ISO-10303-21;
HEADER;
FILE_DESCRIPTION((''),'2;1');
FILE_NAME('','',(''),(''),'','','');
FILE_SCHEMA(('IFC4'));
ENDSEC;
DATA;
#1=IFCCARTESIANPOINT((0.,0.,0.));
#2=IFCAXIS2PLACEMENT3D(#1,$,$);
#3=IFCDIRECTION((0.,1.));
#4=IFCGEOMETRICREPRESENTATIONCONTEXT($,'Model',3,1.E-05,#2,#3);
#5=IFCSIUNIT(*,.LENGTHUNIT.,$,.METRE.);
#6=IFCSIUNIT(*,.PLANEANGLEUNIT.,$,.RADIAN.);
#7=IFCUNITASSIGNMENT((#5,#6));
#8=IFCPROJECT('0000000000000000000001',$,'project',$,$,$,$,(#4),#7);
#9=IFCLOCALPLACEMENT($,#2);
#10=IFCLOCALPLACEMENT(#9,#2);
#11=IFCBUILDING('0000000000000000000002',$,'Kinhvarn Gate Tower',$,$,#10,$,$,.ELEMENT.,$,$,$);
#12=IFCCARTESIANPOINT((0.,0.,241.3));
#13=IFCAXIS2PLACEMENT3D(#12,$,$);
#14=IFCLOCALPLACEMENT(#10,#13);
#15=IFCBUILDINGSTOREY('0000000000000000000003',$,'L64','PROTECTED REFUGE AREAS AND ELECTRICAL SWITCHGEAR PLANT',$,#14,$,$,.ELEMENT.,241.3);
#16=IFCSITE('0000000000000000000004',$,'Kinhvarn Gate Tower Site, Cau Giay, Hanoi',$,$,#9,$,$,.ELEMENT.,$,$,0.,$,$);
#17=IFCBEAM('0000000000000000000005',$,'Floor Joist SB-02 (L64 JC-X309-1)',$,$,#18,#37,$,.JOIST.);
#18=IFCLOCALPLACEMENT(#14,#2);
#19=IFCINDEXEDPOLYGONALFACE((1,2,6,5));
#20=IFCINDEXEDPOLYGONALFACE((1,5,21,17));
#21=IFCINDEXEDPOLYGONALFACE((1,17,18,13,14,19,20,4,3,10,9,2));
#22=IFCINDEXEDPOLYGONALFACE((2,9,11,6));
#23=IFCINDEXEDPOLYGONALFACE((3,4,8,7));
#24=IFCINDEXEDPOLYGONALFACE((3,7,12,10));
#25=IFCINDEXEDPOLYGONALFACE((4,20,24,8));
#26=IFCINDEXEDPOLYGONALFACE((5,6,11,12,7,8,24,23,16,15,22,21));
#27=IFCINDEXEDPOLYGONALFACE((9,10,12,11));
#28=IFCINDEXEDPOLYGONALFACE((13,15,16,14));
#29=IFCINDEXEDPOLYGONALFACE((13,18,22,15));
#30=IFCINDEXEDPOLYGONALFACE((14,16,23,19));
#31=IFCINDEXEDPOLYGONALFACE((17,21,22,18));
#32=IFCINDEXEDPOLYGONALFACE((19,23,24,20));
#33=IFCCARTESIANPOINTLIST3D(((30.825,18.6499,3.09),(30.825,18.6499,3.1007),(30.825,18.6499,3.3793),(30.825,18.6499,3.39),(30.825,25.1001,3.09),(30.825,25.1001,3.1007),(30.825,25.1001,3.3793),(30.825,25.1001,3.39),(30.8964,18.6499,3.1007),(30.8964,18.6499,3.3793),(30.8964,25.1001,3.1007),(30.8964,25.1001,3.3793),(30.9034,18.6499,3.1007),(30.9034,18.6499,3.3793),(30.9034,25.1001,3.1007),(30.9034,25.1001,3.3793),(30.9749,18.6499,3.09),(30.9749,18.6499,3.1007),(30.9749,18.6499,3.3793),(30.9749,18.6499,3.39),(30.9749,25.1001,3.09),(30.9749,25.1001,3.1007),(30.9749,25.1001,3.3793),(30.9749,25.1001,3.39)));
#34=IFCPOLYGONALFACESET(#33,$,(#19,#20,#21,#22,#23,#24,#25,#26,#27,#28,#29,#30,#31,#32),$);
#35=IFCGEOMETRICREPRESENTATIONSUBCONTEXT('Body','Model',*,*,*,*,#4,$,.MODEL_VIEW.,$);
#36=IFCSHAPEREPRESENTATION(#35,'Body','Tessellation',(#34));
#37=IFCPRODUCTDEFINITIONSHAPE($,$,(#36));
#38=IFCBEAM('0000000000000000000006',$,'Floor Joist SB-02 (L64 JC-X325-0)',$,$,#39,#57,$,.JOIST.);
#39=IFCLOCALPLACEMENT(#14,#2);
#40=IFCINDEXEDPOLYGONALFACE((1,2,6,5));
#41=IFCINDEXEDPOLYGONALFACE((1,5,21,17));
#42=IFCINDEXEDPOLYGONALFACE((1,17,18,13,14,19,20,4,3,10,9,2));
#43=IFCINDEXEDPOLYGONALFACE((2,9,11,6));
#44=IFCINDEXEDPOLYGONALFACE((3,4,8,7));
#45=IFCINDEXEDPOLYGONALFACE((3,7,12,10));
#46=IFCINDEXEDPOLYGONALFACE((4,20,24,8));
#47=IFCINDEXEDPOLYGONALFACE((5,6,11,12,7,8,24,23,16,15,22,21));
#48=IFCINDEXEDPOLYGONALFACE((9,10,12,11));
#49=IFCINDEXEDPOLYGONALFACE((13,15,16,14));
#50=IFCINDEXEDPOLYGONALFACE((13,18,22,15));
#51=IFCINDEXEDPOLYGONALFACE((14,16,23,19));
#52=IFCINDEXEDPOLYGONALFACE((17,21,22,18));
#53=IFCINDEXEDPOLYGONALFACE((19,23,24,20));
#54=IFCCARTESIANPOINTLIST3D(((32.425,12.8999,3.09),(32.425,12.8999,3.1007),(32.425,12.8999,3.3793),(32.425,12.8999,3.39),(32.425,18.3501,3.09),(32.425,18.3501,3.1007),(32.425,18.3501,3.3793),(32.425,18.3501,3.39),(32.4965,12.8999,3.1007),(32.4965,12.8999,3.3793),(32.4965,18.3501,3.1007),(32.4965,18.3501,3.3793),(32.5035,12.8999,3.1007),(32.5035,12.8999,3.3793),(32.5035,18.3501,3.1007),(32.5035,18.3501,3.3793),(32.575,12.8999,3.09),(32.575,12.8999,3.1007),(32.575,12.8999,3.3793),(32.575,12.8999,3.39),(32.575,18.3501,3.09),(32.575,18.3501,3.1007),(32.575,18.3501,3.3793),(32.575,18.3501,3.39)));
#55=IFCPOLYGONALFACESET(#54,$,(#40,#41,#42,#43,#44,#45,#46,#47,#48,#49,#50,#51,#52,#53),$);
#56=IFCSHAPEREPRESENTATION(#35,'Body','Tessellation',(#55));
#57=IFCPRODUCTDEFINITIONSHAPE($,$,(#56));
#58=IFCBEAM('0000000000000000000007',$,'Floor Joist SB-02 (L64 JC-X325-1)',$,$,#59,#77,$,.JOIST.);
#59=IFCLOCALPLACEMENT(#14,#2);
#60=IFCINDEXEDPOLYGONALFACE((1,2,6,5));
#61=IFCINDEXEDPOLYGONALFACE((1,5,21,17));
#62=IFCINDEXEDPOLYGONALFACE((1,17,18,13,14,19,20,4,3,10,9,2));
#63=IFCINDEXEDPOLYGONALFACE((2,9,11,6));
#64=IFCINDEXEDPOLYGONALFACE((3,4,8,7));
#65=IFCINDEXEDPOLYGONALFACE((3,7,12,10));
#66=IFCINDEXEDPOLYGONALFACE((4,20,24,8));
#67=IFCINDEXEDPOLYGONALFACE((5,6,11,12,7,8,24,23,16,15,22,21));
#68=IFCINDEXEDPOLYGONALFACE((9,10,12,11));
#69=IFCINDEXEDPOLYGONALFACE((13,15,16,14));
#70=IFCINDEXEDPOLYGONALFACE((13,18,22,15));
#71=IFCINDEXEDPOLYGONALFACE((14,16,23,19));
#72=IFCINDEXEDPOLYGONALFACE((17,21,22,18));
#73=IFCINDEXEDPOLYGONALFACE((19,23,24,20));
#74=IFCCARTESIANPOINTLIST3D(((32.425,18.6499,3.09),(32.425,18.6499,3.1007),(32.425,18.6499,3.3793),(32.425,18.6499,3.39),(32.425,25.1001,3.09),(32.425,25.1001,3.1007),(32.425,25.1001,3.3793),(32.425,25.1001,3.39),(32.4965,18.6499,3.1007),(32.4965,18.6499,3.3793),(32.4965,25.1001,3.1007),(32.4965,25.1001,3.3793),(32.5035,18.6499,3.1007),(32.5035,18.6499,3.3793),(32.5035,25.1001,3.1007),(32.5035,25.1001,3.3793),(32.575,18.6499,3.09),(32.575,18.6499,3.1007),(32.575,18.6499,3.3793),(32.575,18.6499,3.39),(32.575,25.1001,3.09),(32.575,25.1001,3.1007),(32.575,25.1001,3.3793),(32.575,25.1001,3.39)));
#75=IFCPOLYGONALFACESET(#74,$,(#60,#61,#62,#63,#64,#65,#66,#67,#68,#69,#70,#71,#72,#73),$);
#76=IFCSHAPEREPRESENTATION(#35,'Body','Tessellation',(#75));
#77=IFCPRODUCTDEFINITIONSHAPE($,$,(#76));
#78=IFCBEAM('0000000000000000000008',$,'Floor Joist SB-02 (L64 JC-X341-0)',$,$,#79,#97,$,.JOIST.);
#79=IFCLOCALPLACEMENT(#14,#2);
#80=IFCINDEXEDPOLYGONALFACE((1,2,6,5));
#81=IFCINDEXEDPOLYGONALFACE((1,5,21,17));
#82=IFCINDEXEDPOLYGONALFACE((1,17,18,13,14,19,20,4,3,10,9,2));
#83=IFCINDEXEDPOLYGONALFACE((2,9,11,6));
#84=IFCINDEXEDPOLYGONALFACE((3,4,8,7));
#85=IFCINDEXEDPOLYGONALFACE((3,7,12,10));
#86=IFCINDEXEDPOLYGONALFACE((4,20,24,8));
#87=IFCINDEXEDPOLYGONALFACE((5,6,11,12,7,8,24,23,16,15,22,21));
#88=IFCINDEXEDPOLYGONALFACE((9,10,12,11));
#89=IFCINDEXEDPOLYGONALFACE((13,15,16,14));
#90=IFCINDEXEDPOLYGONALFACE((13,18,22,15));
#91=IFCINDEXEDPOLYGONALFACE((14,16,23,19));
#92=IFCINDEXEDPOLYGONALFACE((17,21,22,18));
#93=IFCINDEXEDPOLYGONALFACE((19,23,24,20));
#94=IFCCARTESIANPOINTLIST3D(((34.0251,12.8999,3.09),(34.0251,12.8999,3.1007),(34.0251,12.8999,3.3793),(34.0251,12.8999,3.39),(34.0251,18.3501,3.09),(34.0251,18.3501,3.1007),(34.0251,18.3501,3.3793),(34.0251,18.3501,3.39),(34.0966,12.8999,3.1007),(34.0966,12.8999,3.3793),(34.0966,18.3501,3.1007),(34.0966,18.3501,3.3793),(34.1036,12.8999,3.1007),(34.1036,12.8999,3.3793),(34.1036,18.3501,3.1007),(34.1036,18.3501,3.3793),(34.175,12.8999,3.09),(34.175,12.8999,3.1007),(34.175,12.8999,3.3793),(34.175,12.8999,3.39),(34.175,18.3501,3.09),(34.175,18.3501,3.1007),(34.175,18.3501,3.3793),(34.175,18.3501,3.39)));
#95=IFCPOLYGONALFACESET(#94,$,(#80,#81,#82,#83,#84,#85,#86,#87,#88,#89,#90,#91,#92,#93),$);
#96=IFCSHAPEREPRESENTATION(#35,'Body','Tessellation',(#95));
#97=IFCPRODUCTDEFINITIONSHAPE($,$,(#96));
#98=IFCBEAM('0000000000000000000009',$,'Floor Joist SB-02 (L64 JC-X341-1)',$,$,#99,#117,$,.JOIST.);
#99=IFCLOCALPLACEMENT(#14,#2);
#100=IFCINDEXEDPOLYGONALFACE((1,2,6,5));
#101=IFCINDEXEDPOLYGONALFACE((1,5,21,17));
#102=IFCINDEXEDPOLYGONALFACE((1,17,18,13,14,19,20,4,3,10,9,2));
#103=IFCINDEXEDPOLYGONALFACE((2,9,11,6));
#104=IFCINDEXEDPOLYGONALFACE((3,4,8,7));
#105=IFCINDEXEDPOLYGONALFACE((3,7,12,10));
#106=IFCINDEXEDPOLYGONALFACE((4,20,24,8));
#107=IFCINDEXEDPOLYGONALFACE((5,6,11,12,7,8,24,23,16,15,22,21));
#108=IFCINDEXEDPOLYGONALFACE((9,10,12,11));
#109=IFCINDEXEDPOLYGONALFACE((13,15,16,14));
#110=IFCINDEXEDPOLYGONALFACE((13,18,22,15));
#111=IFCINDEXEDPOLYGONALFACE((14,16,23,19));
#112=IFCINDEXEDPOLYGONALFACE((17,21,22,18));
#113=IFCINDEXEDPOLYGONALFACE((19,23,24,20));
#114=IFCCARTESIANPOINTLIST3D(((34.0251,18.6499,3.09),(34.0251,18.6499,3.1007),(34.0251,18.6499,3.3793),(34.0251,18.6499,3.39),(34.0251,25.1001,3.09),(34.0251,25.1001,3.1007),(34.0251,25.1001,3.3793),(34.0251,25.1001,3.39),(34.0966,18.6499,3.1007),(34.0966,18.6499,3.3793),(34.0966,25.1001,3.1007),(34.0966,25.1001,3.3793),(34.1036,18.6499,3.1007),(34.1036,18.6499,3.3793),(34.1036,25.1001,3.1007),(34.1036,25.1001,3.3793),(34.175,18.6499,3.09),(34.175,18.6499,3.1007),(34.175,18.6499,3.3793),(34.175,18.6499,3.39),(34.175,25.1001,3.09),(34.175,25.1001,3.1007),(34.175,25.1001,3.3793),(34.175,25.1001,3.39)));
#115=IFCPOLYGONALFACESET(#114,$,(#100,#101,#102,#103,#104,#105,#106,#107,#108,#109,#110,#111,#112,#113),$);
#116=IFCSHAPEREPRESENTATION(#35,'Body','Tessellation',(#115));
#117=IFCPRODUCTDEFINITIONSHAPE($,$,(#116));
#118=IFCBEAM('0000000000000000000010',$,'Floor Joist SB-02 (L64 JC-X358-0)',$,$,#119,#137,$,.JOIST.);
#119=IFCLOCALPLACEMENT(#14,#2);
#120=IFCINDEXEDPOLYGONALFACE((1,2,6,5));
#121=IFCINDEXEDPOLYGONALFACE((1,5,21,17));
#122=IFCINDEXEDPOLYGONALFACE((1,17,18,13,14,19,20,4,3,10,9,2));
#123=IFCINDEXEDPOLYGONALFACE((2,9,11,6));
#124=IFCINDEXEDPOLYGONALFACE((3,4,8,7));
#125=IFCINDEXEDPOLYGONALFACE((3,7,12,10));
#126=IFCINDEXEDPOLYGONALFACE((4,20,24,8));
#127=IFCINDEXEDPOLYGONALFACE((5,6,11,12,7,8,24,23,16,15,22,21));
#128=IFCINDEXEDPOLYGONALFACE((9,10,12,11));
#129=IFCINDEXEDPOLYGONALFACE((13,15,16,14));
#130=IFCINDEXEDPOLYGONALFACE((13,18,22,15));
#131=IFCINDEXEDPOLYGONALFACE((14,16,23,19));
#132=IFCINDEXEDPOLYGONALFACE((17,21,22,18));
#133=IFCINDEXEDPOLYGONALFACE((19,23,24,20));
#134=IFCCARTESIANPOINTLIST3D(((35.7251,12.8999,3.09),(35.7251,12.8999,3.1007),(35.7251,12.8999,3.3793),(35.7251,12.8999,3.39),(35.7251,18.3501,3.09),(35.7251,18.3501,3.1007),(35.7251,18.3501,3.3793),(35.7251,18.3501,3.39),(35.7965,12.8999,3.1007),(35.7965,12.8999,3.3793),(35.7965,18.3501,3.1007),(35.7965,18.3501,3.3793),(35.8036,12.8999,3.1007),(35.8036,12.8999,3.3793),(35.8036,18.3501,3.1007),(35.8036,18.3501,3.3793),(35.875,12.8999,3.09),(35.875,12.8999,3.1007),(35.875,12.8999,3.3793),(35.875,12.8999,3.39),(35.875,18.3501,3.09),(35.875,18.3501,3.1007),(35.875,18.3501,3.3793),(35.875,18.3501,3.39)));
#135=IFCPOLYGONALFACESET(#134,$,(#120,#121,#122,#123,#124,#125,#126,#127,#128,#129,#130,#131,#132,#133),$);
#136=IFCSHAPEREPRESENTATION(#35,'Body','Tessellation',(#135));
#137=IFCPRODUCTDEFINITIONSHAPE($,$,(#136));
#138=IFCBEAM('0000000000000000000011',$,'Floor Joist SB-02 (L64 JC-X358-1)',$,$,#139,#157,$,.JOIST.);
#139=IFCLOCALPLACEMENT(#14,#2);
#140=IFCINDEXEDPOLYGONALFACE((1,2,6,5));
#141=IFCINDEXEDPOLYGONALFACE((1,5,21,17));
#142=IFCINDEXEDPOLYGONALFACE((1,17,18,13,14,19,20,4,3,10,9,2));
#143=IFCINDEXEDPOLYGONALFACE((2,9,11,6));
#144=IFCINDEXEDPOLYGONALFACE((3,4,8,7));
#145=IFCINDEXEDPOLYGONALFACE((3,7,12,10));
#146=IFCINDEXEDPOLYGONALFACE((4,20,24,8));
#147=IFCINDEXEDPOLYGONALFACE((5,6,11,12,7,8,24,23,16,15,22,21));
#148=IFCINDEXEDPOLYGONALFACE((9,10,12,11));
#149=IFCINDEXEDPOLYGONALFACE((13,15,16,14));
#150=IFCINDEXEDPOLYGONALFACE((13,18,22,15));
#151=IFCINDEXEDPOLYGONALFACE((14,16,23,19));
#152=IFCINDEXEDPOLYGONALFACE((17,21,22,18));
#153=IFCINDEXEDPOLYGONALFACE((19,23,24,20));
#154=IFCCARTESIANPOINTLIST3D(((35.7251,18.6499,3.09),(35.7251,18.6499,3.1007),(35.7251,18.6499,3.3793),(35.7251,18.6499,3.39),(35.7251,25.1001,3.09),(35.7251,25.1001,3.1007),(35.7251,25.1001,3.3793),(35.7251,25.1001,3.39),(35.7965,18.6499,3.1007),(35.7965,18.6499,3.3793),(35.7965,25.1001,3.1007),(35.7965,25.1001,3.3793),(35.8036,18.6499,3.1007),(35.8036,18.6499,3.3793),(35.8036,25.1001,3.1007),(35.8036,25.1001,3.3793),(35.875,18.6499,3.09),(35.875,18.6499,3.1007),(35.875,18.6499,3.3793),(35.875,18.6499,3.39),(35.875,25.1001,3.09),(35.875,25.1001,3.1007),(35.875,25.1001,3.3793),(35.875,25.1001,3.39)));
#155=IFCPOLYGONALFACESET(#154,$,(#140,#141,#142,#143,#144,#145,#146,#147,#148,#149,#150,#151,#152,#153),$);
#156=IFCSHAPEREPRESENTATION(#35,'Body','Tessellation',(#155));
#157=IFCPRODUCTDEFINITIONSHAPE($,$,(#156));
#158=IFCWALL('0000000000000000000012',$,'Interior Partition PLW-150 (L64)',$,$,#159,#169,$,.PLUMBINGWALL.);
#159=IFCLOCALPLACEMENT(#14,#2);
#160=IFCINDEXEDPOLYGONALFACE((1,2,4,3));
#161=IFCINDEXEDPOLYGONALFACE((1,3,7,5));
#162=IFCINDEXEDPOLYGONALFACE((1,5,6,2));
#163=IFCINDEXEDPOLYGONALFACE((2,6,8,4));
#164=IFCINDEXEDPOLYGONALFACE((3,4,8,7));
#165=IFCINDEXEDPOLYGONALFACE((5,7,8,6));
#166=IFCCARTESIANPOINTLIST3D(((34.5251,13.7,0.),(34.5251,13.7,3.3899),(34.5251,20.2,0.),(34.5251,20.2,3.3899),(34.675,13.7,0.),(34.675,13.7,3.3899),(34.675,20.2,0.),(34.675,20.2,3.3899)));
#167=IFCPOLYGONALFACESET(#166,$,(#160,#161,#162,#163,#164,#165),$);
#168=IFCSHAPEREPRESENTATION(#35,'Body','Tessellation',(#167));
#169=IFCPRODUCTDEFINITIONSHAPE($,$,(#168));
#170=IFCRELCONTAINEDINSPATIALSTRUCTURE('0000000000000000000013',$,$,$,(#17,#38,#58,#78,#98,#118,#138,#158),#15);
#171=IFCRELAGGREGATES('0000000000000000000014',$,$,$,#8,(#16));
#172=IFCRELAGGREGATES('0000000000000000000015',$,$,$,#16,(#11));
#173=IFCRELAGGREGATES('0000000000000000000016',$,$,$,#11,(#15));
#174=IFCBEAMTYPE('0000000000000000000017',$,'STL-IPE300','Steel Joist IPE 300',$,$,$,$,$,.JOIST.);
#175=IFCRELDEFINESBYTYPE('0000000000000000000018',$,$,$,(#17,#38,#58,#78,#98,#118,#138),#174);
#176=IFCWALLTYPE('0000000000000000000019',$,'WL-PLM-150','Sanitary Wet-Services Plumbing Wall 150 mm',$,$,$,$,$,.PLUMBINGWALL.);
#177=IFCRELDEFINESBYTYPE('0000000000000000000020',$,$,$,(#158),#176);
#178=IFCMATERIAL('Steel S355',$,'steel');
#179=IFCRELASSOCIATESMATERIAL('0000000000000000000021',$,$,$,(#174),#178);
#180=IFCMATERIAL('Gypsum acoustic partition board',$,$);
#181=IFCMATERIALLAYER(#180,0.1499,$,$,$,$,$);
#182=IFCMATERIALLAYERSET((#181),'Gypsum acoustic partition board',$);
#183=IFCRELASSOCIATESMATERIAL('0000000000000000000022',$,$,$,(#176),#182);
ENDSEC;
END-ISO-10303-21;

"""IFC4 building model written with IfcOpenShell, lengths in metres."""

from ifc_helpers import new_model, si_unit, direction, frame, frame_2d, origin, origin_2d, place, context, subcontext, project, spatial, rectangle, i_section, extrude, material, layer, layer_set, material_profile, profile_set, type_object, element, save


model = new_model("IFC4")

# Units and contexts
model_context = context("Model", 3, precision=1e-05, world=origin(), true_north=direction((0.0, 1.0)))
body_context = subcontext(model_context, "Body", "Model", "MODEL_VIEW")
ifc_project = project(units=[si_unit("LENGTHUNIT", "METRE"), si_unit("PLANEANGLEUNIT", "RADIAN")], contexts=[model_context])

# Site, building, storey
site_placement = place(None, origin())
site = spatial("IfcSite", under=ifc_project, at=site_placement, Name="Kinhvarn Gate Tower Site, Cau Giay, Hanoi", CompositionType="ELEMENT", RefElevation=0.0)
building_placement = place(site_placement, origin())
building = spatial("IfcBuilding", under=site, at=building_placement, Name="Kinhvarn Gate Tower", CompositionType="ELEMENT")
storey_placement = place(building_placement, frame((0.0, 0.0, 241.3)))
storey = spatial("IfcBuildingStorey", under=building, at=storey_placement, Name="L64", Description="PROTECTED REFUGE AREAS AND ELECTRICAL SWITCHGEAR PLANT", CompositionType="ELEMENT", Elevation=241.3)

# Beams
ifc_material_1 = material(Name="Steel S355", Category="steel")
ifc_material_profile = material_profile(ifc_material_1, i_section(OverallWidth=0.1499, OverallDepth=0.3, WebThickness=0.0071, FlangeThickness=0.0107, at=origin_2d()), Name="IPE 300")
ifc_profile_set = profile_set([ifc_material_profile], Name="Steel S355")
beam_type = type_object("IfcBeamType", Name="STL-IPE300", Description="Steel Joist IPE 300", PredefinedType="JOIST", material=ifc_profile_set)
beam_1_placement = place(storey_placement, frame((30.8999, 18.6499, 3.24), z_axis=(0.0, 1.0, 0.0), x_axis=(-1.0, 0.0, 0.0)))
element("IfcBeam", 1, at=beam_1_placement, inside=storey, type_object=beam_type, Name="Floor Joist SB-02 (L64 JC-X309-1)", PredefinedType="JOIST", context=body_context, shape_type="SweptSolid", body=[
    extrude(i_section(OverallWidth=0.1499, OverallDepth=0.3, WebThickness=0.0071, FlangeThickness=0.0107, at=origin_2d()), origin(), (0.0, 0.0, 1.0), 6.4502),
])
beam_2_placement = place(storey_placement, frame((32.5, 12.8999, 3.24), z_axis=(0.0, 1.0, 0.0), x_axis=(-1.0, 0.0, 0.0)))
element("IfcBeam", 2, at=beam_2_placement, inside=storey, type_object=beam_type, Name="Floor Joist SB-02 (L64 JC-X325-0)", PredefinedType="JOIST", context=body_context, shape_type="SweptSolid", body=[
    extrude(i_section(OverallWidth=0.1499, OverallDepth=0.3, WebThickness=0.0071, FlangeThickness=0.0107, at=origin_2d()), origin(), (0.0, 0.0, 1.0), 5.4502),
])
beam_3_placement = place(storey_placement, frame((32.5, 18.6499, 3.24), z_axis=(0.0, 1.0, 0.0), x_axis=(-1.0, 0.0, 0.0)))
element("IfcBeam", 3, at=beam_3_placement, inside=storey, type_object=beam_type, Name="Floor Joist SB-02 (L64 JC-X325-1)", PredefinedType="JOIST", context=body_context, shape_type="SweptSolid", body=[
    extrude(i_section(OverallWidth=0.1499, OverallDepth=0.3, WebThickness=0.0071, FlangeThickness=0.0107, at=origin_2d()), origin(), (0.0, 0.0, 1.0), 6.4502),
])
beam_4_placement = place(storey_placement, frame((34.1001, 12.8999, 3.24), z_axis=(0.0, 1.0, 0.0), x_axis=(-1.0, 0.0, 0.0)))
element("IfcBeam", 4, at=beam_4_placement, inside=storey, type_object=beam_type, Name="Floor Joist SB-02 (L64 JC-X341-0)", PredefinedType="JOIST", context=body_context, shape_type="SweptSolid", body=[
    extrude(i_section(OverallWidth=0.1499, OverallDepth=0.3, WebThickness=0.0071, FlangeThickness=0.0107, at=origin_2d()), origin(), (0.0, 0.0, 1.0), 5.4502),
])
beam_5_placement = place(storey_placement, frame((34.1001, 18.6499, 3.24), z_axis=(0.0, 1.0, 0.0), x_axis=(-1.0, 0.0, 0.0)))
element("IfcBeam", 5, at=beam_5_placement, inside=storey, type_object=beam_type, Name="Floor Joist SB-02 (L64 JC-X341-1)", PredefinedType="JOIST", context=body_context, shape_type="SweptSolid", body=[
    extrude(i_section(OverallWidth=0.1499, OverallDepth=0.3, WebThickness=0.0071, FlangeThickness=0.0107, at=origin_2d()), origin(), (0.0, 0.0, 1.0), 6.4502),
])
beam_6_placement = place(storey_placement, frame((35.8, 12.8999, 3.24), z_axis=(0.0, 1.0, 0.0), x_axis=(-1.0, 0.0, 0.0)))
element("IfcBeam", 6, at=beam_6_placement, inside=storey, type_object=beam_type, Name="Floor Joist SB-02 (L64 JC-X358-0)", PredefinedType="JOIST", context=body_context, shape_type="SweptSolid", body=[
    extrude(i_section(OverallWidth=0.1499, OverallDepth=0.3, WebThickness=0.0071, FlangeThickness=0.0107, at=origin_2d()), origin(), (0.0, 0.0, 1.0), 5.4502),
])
beam_7_placement = place(storey_placement, frame((35.8, 18.6499, 3.24), z_axis=(0.0, 1.0, 0.0), x_axis=(-1.0, 0.0, 0.0)))
element("IfcBeam", 7, at=beam_7_placement, inside=storey, type_object=beam_type, Name="Floor Joist SB-02 (L64 JC-X358-1)", PredefinedType="JOIST", context=body_context, shape_type="SweptSolid", body=[
    extrude(i_section(OverallWidth=0.1499, OverallDepth=0.3, WebThickness=0.0071, FlangeThickness=0.0107, at=origin_2d()), origin(), (0.0, 0.0, 1.0), 6.4502),
])

# Wall
ifc_material_2 = material(Name="Gypsum acoustic partition board")
ifc_layer_1 = layer(ifc_material_2, 0.1499)
ifc_layer_set_1 = layer_set([ifc_layer_1], Name="Gypsum acoustic partition board")
wall_type_1 = type_object("IfcWallType", Name="WL-PLM-150", Description="Sanitary Wet-Services Plumbing Wall 150 mm", PredefinedType="PLUMBINGWALL", material=ifc_layer_set_1)
wall_1_placement = place(storey_placement, frame((34.6001, 13.7, 0.0), z_axis=(0.0, 0.0, 1.0), x_axis=(0.0, 1.0, 0.0)))
element("IfcWall", 8, at=wall_1_placement, inside=storey, type_object=wall_type_1, Name="Interior Partition PLW-150 (L64)", PredefinedType="PLUMBINGWALL", context=body_context, shape_type="SweptSolid", body=[
    extrude(rectangle(XDim=6.5, YDim=0.1499, at=frame_2d((3.25, 0.0))), origin(), (0.0, 0.0, 1.0), 3.3899),
])

save(model, "model.ifc")
